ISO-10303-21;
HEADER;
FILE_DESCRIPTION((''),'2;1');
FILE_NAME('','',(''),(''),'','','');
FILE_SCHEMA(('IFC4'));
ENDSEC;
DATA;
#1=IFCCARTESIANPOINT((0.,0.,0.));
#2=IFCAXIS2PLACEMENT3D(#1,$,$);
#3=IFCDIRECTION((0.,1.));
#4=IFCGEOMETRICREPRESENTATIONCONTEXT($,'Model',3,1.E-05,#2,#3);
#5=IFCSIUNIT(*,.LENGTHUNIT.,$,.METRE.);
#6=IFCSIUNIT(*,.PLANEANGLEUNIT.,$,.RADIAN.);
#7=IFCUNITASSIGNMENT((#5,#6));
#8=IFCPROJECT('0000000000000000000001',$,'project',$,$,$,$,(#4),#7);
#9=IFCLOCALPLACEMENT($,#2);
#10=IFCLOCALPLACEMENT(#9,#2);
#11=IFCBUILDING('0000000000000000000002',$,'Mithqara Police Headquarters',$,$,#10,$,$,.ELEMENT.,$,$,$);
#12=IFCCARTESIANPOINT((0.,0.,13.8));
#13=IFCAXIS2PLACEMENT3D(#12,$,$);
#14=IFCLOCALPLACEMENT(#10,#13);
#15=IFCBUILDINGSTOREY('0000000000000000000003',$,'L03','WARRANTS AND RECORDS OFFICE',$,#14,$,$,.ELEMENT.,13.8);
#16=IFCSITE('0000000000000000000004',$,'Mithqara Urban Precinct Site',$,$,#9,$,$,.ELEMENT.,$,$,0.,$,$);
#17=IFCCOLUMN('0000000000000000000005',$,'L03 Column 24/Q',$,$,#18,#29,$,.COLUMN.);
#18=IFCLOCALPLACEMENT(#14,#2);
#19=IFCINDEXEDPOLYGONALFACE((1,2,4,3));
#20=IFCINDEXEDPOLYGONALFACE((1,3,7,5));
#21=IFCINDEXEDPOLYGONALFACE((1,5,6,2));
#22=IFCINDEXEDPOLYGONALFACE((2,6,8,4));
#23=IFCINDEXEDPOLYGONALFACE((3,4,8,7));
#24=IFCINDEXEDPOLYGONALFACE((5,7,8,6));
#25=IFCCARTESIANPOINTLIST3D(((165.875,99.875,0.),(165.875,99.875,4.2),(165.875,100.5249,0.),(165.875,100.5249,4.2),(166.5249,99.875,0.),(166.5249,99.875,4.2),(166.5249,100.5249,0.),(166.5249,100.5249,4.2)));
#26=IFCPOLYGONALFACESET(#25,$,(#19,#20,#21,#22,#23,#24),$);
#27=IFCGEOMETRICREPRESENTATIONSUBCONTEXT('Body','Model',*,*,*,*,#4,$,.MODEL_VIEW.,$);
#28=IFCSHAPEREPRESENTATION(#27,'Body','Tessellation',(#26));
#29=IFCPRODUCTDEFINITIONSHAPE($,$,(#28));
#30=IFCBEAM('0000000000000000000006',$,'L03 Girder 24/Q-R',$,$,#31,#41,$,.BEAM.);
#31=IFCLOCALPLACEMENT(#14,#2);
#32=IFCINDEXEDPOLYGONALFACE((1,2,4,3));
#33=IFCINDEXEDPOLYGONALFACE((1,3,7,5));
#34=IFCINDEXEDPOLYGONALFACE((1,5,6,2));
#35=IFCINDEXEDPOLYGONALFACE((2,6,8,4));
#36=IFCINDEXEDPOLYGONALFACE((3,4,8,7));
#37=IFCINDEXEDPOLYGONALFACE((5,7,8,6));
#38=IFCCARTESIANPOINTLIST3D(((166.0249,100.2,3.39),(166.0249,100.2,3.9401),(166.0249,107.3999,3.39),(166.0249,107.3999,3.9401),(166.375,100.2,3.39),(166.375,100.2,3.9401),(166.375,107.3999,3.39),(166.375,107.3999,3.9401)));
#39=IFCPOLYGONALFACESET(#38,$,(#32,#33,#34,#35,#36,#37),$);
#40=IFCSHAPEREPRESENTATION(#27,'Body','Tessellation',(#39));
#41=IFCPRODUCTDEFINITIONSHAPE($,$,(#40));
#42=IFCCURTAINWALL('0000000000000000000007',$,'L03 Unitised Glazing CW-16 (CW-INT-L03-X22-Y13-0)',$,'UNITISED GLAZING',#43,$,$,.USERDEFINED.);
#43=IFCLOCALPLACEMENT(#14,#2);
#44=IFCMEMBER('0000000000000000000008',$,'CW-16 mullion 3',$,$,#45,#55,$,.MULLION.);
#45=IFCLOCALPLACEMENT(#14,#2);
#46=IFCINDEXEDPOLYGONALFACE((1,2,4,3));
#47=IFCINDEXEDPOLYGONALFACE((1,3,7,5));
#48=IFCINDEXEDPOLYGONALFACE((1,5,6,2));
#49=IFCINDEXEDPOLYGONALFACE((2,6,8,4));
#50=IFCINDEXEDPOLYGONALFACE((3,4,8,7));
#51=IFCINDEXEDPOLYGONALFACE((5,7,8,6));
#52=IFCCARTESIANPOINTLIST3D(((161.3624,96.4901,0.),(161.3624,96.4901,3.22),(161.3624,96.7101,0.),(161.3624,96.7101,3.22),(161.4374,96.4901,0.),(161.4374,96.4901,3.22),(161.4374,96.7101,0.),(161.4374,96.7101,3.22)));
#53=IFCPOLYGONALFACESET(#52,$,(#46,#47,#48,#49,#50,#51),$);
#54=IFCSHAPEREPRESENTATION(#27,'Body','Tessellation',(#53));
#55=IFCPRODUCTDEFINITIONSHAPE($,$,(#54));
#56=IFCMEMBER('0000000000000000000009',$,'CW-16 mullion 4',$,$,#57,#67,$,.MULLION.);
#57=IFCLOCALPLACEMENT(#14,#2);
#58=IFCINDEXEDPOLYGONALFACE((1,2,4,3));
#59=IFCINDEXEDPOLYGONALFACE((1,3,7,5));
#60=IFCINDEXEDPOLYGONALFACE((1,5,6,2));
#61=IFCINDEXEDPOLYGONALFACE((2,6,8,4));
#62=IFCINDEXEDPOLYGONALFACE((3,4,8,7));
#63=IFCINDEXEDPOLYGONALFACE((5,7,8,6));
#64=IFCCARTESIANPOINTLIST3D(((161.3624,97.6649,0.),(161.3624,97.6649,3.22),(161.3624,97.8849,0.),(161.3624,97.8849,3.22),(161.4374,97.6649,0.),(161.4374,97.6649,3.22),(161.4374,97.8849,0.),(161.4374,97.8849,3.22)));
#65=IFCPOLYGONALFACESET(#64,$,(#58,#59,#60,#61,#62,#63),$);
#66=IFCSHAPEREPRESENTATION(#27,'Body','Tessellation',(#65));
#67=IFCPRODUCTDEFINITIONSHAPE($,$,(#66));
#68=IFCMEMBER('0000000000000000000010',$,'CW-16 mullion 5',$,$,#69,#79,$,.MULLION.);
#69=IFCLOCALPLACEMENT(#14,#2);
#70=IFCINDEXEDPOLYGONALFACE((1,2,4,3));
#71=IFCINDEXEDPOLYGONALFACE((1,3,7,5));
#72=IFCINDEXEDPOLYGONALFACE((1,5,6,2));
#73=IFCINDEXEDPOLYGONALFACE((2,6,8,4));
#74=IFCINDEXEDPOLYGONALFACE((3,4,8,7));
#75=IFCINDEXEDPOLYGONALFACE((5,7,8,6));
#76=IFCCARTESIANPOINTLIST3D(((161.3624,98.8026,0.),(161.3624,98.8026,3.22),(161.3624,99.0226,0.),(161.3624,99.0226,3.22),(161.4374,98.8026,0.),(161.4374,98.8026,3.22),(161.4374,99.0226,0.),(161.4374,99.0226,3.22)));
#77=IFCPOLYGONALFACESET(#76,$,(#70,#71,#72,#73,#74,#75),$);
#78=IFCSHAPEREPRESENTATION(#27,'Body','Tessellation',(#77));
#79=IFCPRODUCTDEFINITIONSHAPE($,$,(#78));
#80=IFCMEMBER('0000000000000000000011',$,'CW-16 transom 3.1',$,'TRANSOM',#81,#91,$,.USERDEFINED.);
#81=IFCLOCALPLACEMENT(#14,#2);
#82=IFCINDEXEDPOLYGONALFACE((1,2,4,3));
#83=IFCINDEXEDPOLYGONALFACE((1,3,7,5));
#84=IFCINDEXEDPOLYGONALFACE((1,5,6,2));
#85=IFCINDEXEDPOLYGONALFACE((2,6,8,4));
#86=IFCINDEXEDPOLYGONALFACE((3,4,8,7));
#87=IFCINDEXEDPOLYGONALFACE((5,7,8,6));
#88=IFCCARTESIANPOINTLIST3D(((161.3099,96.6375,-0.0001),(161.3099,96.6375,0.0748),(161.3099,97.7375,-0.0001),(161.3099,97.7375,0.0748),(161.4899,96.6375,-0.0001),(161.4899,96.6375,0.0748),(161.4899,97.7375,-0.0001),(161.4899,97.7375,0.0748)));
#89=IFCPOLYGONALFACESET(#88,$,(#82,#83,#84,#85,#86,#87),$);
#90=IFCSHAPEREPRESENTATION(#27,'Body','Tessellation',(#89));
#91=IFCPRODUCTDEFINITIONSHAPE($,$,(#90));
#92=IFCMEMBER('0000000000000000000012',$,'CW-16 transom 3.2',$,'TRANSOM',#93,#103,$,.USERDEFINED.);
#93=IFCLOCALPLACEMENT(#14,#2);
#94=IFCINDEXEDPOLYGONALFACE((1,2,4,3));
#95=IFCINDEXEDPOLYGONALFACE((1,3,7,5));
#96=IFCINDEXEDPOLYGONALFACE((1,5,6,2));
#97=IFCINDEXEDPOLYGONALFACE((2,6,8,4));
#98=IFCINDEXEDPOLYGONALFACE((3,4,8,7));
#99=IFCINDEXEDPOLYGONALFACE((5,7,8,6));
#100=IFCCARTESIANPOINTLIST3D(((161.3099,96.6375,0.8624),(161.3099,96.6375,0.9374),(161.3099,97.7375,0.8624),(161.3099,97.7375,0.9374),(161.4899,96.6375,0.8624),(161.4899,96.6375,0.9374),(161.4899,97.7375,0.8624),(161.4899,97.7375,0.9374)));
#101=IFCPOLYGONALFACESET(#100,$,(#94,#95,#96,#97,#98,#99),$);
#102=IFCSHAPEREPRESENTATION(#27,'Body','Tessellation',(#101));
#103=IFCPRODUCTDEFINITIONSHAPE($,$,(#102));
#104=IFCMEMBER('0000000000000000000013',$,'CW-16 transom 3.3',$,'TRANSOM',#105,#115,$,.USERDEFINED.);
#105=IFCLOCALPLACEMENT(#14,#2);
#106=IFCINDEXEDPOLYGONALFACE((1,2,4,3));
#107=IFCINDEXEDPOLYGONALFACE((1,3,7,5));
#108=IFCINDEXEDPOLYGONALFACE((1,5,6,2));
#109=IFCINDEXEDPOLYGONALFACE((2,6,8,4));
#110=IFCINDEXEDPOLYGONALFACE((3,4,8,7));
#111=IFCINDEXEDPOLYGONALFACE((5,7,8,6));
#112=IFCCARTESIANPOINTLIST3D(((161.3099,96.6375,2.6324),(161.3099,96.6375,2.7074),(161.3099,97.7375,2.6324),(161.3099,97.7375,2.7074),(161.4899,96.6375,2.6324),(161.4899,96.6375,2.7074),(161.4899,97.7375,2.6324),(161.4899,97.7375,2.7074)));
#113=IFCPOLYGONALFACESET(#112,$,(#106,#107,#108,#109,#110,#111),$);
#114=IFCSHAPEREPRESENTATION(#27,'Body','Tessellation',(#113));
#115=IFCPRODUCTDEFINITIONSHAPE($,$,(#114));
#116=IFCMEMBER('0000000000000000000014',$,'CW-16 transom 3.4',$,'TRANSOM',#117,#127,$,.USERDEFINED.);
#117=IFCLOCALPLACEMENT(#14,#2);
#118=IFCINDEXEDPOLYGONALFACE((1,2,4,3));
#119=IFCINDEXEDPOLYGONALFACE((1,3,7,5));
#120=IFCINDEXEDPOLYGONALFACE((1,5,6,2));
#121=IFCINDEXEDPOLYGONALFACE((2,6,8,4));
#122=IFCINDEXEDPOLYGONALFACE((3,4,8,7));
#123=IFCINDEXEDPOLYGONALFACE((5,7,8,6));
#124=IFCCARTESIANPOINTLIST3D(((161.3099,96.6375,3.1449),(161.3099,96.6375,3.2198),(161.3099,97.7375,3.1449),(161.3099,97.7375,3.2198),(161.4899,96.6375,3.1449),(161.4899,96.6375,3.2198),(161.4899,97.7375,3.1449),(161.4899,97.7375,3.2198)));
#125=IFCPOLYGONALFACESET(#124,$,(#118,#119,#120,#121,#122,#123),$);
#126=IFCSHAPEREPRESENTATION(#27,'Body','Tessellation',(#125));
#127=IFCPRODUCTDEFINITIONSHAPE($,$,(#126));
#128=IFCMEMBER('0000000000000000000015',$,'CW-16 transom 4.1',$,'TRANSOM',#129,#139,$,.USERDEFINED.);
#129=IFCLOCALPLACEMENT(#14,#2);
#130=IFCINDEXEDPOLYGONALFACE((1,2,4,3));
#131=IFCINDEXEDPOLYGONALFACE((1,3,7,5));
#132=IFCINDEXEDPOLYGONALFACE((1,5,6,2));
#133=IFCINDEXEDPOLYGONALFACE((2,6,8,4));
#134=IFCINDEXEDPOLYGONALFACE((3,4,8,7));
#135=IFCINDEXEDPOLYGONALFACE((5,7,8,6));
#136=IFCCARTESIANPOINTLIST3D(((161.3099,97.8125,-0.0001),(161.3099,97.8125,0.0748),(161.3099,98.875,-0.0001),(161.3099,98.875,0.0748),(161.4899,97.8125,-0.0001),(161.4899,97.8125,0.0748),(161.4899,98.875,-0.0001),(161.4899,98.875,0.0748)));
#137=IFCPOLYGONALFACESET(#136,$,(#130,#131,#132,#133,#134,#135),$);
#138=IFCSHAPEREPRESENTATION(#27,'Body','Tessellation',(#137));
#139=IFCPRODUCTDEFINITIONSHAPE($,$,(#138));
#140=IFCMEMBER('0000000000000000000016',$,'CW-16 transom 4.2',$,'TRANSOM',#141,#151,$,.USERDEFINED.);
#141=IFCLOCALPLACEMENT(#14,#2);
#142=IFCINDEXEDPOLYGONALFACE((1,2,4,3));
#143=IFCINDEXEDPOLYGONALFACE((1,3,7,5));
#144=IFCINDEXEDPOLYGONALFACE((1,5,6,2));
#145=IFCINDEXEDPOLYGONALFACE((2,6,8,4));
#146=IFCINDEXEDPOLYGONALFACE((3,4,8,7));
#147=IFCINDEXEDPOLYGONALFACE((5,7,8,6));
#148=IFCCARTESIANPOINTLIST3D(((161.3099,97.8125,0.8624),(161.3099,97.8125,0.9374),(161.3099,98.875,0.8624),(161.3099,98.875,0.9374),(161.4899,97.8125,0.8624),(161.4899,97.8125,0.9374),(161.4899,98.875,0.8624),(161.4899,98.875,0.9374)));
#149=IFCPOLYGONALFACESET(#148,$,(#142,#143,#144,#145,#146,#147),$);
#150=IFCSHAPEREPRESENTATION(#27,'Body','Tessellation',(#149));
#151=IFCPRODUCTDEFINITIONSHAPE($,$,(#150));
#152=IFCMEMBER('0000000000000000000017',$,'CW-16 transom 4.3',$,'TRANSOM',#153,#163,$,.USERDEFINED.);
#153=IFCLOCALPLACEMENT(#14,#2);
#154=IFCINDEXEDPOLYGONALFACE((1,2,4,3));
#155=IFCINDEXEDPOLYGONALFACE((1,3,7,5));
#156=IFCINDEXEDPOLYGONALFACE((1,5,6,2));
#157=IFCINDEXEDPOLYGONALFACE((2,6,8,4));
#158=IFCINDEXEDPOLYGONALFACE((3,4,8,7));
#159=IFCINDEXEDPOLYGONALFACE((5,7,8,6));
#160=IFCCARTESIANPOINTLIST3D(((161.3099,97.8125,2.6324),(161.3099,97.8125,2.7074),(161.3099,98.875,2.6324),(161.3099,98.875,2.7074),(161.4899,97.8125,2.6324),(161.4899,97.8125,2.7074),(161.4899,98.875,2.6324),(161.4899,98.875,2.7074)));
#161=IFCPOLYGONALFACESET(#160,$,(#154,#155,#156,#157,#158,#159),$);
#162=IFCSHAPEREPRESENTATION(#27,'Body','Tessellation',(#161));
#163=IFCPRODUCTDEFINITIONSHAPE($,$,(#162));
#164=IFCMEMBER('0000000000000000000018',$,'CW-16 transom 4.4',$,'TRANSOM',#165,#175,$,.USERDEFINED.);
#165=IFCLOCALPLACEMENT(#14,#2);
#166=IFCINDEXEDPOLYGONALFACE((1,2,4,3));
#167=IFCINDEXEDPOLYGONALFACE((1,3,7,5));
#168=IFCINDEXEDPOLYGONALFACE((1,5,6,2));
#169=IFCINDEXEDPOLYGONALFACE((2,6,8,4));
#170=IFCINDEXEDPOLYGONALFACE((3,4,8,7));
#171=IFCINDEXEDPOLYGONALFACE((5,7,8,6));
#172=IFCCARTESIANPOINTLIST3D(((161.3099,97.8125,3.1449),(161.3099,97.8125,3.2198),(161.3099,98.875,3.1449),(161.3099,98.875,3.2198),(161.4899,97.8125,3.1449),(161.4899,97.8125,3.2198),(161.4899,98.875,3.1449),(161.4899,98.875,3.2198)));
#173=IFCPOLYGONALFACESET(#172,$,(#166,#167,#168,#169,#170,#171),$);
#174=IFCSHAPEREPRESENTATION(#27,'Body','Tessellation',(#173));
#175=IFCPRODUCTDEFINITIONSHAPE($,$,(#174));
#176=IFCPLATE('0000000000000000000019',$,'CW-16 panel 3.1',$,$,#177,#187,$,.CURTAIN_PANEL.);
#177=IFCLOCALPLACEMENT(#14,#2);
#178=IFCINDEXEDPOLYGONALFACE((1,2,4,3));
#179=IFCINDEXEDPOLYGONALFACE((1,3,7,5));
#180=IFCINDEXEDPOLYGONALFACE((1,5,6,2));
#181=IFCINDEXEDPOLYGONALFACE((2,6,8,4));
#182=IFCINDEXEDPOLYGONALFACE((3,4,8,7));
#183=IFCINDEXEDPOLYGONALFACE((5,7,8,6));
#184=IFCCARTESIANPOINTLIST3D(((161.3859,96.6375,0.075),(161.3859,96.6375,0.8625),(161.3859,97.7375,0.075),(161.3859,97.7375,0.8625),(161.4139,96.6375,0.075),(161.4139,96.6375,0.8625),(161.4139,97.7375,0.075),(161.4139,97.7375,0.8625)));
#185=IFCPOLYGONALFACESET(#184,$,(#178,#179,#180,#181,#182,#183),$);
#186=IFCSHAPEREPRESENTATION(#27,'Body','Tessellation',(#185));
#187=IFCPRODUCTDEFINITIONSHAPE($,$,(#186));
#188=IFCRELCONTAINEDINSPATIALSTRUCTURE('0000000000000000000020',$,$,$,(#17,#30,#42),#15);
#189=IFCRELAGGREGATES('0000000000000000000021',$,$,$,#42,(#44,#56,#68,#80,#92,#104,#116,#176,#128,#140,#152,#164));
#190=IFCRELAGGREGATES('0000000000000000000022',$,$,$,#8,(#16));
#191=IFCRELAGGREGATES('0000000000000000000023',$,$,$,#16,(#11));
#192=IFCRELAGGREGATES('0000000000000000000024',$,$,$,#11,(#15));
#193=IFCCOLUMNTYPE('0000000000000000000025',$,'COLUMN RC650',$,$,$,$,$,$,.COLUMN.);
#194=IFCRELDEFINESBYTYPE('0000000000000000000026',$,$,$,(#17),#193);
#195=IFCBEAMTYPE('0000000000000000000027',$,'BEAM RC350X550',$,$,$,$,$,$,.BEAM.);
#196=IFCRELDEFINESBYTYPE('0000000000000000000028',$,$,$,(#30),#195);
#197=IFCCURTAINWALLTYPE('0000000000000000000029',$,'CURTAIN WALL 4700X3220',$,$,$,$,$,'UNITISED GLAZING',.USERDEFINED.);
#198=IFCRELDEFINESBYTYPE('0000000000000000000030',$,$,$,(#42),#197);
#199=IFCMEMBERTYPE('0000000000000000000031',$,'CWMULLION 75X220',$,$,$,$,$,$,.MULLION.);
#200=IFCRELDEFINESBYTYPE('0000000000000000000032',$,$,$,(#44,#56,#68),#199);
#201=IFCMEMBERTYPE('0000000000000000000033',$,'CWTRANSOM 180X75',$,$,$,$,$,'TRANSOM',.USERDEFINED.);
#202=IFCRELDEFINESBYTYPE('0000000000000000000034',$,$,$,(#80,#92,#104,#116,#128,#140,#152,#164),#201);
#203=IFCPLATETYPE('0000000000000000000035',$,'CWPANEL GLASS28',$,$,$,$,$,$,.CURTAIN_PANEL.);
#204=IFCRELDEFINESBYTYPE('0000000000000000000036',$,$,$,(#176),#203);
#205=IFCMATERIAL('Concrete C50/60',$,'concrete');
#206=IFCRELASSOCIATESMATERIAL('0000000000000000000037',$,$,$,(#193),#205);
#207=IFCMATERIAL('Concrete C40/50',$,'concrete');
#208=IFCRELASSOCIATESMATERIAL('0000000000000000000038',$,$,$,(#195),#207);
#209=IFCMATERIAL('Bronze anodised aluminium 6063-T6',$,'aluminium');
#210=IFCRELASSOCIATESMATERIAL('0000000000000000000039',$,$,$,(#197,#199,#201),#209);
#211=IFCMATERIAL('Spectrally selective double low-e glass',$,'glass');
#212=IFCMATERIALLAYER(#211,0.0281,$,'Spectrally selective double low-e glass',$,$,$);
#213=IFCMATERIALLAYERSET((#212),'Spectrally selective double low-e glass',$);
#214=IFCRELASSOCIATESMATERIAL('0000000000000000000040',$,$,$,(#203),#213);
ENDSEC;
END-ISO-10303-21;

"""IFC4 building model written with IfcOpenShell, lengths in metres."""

from ifc_helpers import new_model, si_unit, direction, frame, origin, origin_2d, place, context, subcontext, project, spatial, rectangle, extrude, material, layer, layer_set, material_profile, profile_set, type_object, element, aggregate, save


model = new_model("IFC4")

# Units and contexts
model_context = context("Model", 3, precision=1e-05, world=origin(), true_north=direction((0.0, 1.0)))
body_context = subcontext(model_context, "Body", "Model", "MODEL_VIEW")
ifc_project = project(units=[si_unit("LENGTHUNIT", "METRE"), si_unit("PLANEANGLEUNIT", "RADIAN")], contexts=[model_context])

# Site, building, storey
site_placement = place(None, origin())
site = spatial("IfcSite", under=ifc_project, at=site_placement, Name="Mithqara Urban Precinct Site", CompositionType="ELEMENT", RefElevation=0.0)
building_placement = place(site_placement, origin())
building = spatial("IfcBuilding", under=site, at=building_placement, Name="Mithqara Police Headquarters", CompositionType="ELEMENT")
storey_placement = place(building_placement, frame((0.0, 0.0, 13.8)))
storey = spatial("IfcBuildingStorey", under=building, at=storey_placement, Name="L03", Description="WARRANTS AND RECORDS OFFICE", CompositionType="ELEMENT", Elevation=13.8)

# Column
ifc_material_1 = material(Name="Concrete C50/60", Category="concrete")
ifc_material_profile_1 = material_profile(ifc_material_1, rectangle(XDim=0.6499, YDim=0.6499, at=origin_2d()), Name="RC 650x650")
ifc_profile_set_1 = profile_set([ifc_material_profile_1], Name="Concrete C50/60")
column_type = type_object("IfcColumnType", Name="COLUMN RC650", PredefinedType="COLUMN", material=ifc_profile_set_1)
column_placement = place(storey_placement, frame((166.2, 100.2, 0.0), z_axis=(0.0, 0.0, 1.0), x_axis=(1.0, 0.0, 0.0)))
element("IfcColumn", 1, at=column_placement, inside=storey, type_object=column_type, Name="L03 Column 24/Q", PredefinedType="COLUMN", context=body_context, shape_type="SweptSolid", body=[
    extrude(rectangle(XDim=0.6499, YDim=0.6499, at=origin_2d()), origin(), (0.0, 0.0, 1.0), 4.2),
])

# Beam
ifc_material_2 = material(Name="Concrete C40/50", Category="concrete")
ifc_material_profile_2 = material_profile(ifc_material_2, rectangle(XDim=0.3501, YDim=0.55, at=origin_2d()), Name="RC 350x550")
ifc_profile_set_2 = profile_set([ifc_material_profile_2], Name="Concrete C40/50")
beam_type = type_object("IfcBeamType", Name="BEAM RC350X550", PredefinedType="BEAM", material=ifc_profile_set_2)
beam_placement = place(storey_placement, frame((166.2, 100.2, 3.665), z_axis=(0.0, 1.0, 0.0), x_axis=(-1.0, 0.0, 0.0)))
element("IfcBeam", 2, at=beam_placement, inside=storey, type_object=beam_type, Name="L03 Girder 24/Q-R", PredefinedType="BEAM", context=body_context, shape_type="SweptSolid", body=[
    extrude(rectangle(XDim=0.3501, YDim=0.55, at=origin_2d()), origin(), (0.0, 0.0, 1.0), 7.2),
])

# Curtain wall, members, plate
ifc_material_3 = material(Name="Bronze anodised aluminium 6063-T6", Category="aluminium")
curtain_wall_type = type_object("IfcCurtainWallType", Name="CURTAIN WALL 4700X3220", ElementType="UNITISED GLAZING", PredefinedType="USERDEFINED", material=ifc_material_3)
curtain_wall_placement = place(storey_placement, origin())
curtain_wall = element("IfcCurtainWall", 3, at=curtain_wall_placement, inside=storey, type_object=curtain_wall_type, Name="L03 Unitised Glazing CW-16 (CW-INT-L03-X22-Y13-0)", ObjectType="UNITISED GLAZING", PredefinedType="USERDEFINED")
ifc_material_profile_3 = material_profile(ifc_material_3, rectangle(XDim=0.075, YDim=0.22, at=origin_2d()), Name="CWM 75x220")
ifc_profile_set_3 = profile_set([ifc_material_profile_3], Name="Bronze anodised aluminium 6063-T6")
member_type_1 = type_object("IfcMemberType", Name="CWMULLION 75X220", PredefinedType="MULLION", material=ifc_profile_set_3)
member_1_placement = place(storey_placement, frame((161.3999, 96.6001, 0.0), z_axis=(0.0, 0.0, 1.0), x_axis=(-1.0, 0.0, 0.0)))
member_1 = element("IfcMember", 4, at=member_1_placement, type_object=member_type_1, Name="CW-16 mullion 3", PredefinedType="MULLION", context=body_context, shape_type="SweptSolid", body=[
    extrude(rectangle(XDim=0.075, YDim=0.22, at=origin_2d()), origin(), (0.0, 0.0, 1.0), 3.22),
])
member_2_placement = place(storey_placement, frame((161.3999, 97.7749, 0.0), z_axis=(0.0, 0.0, 1.0), x_axis=(-1.0, 0.0, 0.0)))
member_2 = element("IfcMember", 5, at=member_2_placement, type_object=member_type_1, Name="CW-16 mullion 4", PredefinedType="MULLION", context=body_context, shape_type="SweptSolid", body=[
    extrude(rectangle(XDim=0.075, YDim=0.22, at=origin_2d()), origin(), (0.0, 0.0, 1.0), 3.22),
])
member_3_placement = place(storey_placement, frame((161.3999, 98.9126, 0.0), z_axis=(0.0, 0.0, 1.0), x_axis=(-1.0, 0.0, 0.0)))
member_3 = element("IfcMember", 6, at=member_3_placement, type_object=member_type_1, Name="CW-16 mullion 5", PredefinedType="MULLION", context=body_context, shape_type="SweptSolid", body=[
    extrude(rectangle(XDim=0.075, YDim=0.22, at=origin_2d()), origin(), (0.0, 0.0, 1.0), 3.22),
])
ifc_material_profile_4 = material_profile(ifc_material_3, rectangle(XDim=0.1799, YDim=0.075, at=origin_2d()), Name="CWT 180x75")
ifc_profile_set_4 = profile_set([ifc_material_profile_4], Name="Bronze anodised aluminium 6063-T6")
member_type_2 = type_object("IfcMemberType", Name="CWTRANSOM 180X75", ElementType="TRANSOM", PredefinedType="USERDEFINED", material=ifc_profile_set_4)
member_4_placement = place(storey_placement, frame((161.3999, 96.6375, 0.0374), z_axis=(0.0, 1.0, 0.0), x_axis=(-1.0, 0.0, 0.0)))
member_4 = element("IfcMember", 7, at=member_4_placement, type_object=member_type_2, Name="CW-16 transom 3.1", ObjectType="TRANSOM", PredefinedType="USERDEFINED", context=body_context, shape_type="SweptSolid", body=[
    extrude(rectangle(XDim=0.1799, YDim=0.075, at=origin_2d()), origin(), (0.0, 0.0, 1.0), 1.1001),
])
member_5_placement = place(storey_placement, frame((161.3999, 96.6375, 0.8999), z_axis=(0.0, 1.0, 0.0), x_axis=(-1.0, 0.0, 0.0)))
member_5 = element("IfcMember", 8, at=member_5_placement, type_object=member_type_2, Name="CW-16 transom 3.2", ObjectType="TRANSOM", PredefinedType="USERDEFINED", context=body_context, shape_type="SweptSolid", body=[
    extrude(rectangle(XDim=0.1799, YDim=0.075, at=origin_2d()), origin(), (0.0, 0.0, 1.0), 1.1001),
])
member_6_placement = place(storey_placement, frame((161.3999, 96.6375, 2.6699), z_axis=(0.0, 1.0, 0.0), x_axis=(-1.0, 0.0, 0.0)))
member_6 = element("IfcMember", 9, at=member_6_placement, type_object=member_type_2, Name="CW-16 transom 3.3", ObjectType="TRANSOM", PredefinedType="USERDEFINED", context=body_context, shape_type="SweptSolid", body=[
    extrude(rectangle(XDim=0.1799, YDim=0.075, at=origin_2d()), origin(), (0.0, 0.0, 1.0), 1.1001),
])
member_7_placement = place(storey_placement, frame((161.3999, 96.6375, 3.1824), z_axis=(0.0, 1.0, 0.0), x_axis=(-1.0, 0.0, 0.0)))
member_7 = element("IfcMember", 10, at=member_7_placement, type_object=member_type_2, Name="CW-16 transom 3.4", ObjectType="TRANSOM", PredefinedType="USERDEFINED", context=body_context, shape_type="SweptSolid", body=[
    extrude(rectangle(XDim=0.1799, YDim=0.075, at=origin_2d()), origin(), (0.0, 0.0, 1.0), 1.1001),
])
member_8_placement = place(storey_placement, frame((161.3999, 97.8125, 0.0374), z_axis=(0.0, 1.0, 0.0), x_axis=(-1.0, 0.0, 0.0)))
member_8 = element("IfcMember", 11, at=member_8_placement, type_object=member_type_2, Name="CW-16 transom 4.1", ObjectType="TRANSOM", PredefinedType="USERDEFINED", context=body_context, shape_type="SweptSolid", body=[
    extrude(rectangle(XDim=0.1799, YDim=0.075, at=origin_2d()), origin(), (0.0, 0.0, 1.0), 1.0625),
])
member_9_placement = place(storey_placement, frame((161.3999, 97.8125, 0.8999), z_axis=(0.0, 1.0, 0.0), x_axis=(-1.0, 0.0, 0.0)))
member_9 = element("IfcMember", 12, at=member_9_placement, type_object=member_type_2, Name="CW-16 transom 4.2", ObjectType="TRANSOM", PredefinedType="USERDEFINED", context=body_context, shape_type="SweptSolid", body=[
    extrude(rectangle(XDim=0.1799, YDim=0.075, at=origin_2d()), origin(), (0.0, 0.0, 1.0), 1.0625),
])
member_10_placement = place(storey_placement, frame((161.3999, 97.8125, 2.6699), z_axis=(0.0, 1.0, 0.0), x_axis=(-1.0, 0.0, 0.0)))
member_10 = element("IfcMember", 13, at=member_10_placement, type_object=member_type_2, Name="CW-16 transom 4.3", ObjectType="TRANSOM", PredefinedType="USERDEFINED", context=body_context, shape_type="SweptSolid", body=[
    extrude(rectangle(XDim=0.1799, YDim=0.075, at=origin_2d()), origin(), (0.0, 0.0, 1.0), 1.0625),
])
member_11_placement = place(storey_placement, frame((161.3999, 97.8125, 3.1824), z_axis=(0.0, 1.0, 0.0), x_axis=(-1.0, 0.0, 0.0)))
member_11 = element("IfcMember", 14, at=member_11_placement, type_object=member_type_2, Name="CW-16 transom 4.4", ObjectType="TRANSOM", PredefinedType="USERDEFINED", context=body_context, shape_type="SweptSolid", body=[
    extrude(rectangle(XDim=0.1799, YDim=0.075, at=origin_2d()), origin(), (0.0, 0.0, 1.0), 1.0625),
])
ifc_material_4 = material(Name="Spectrally selective double low-e glass", Category="glass")
ifc_layer_1 = layer(ifc_material_4, 0.0281, Name="Spectrally selective double low-e glass")
ifc_layer_set_1 = layer_set([ifc_layer_1], Name="Spectrally selective double low-e glass")
plate_type_1 = type_object("IfcPlateType", Name="CWPANEL GLASS28", PredefinedType="CURTAIN_PANEL", material=ifc_layer_set_1)
plate_1_placement = place(storey_placement, frame((161.3999, 97.1875, 0.075), z_axis=(0.0, 0.0, 1.0), x_axis=(0.0, 1.0, 0.0)))
plate_1 = element("IfcPlate", 15, at=plate_1_placement, type_object=plate_type_1, Name="CW-16 panel 3.1", PredefinedType="CURTAIN_PANEL", context=body_context, shape_type="SweptSolid", body=[
    extrude(rectangle(XDim=1.1001, YDim=0.0281, at=origin_2d()), origin(), (0.0, 0.0, 1.0), 0.7876),
])
aggregate(curtain_wall, [member_1, member_2, member_3, member_4, member_5, member_6, member_7, plate_1, member_8, member_9, member_10, member_11])

save(model, "model.ifc")
